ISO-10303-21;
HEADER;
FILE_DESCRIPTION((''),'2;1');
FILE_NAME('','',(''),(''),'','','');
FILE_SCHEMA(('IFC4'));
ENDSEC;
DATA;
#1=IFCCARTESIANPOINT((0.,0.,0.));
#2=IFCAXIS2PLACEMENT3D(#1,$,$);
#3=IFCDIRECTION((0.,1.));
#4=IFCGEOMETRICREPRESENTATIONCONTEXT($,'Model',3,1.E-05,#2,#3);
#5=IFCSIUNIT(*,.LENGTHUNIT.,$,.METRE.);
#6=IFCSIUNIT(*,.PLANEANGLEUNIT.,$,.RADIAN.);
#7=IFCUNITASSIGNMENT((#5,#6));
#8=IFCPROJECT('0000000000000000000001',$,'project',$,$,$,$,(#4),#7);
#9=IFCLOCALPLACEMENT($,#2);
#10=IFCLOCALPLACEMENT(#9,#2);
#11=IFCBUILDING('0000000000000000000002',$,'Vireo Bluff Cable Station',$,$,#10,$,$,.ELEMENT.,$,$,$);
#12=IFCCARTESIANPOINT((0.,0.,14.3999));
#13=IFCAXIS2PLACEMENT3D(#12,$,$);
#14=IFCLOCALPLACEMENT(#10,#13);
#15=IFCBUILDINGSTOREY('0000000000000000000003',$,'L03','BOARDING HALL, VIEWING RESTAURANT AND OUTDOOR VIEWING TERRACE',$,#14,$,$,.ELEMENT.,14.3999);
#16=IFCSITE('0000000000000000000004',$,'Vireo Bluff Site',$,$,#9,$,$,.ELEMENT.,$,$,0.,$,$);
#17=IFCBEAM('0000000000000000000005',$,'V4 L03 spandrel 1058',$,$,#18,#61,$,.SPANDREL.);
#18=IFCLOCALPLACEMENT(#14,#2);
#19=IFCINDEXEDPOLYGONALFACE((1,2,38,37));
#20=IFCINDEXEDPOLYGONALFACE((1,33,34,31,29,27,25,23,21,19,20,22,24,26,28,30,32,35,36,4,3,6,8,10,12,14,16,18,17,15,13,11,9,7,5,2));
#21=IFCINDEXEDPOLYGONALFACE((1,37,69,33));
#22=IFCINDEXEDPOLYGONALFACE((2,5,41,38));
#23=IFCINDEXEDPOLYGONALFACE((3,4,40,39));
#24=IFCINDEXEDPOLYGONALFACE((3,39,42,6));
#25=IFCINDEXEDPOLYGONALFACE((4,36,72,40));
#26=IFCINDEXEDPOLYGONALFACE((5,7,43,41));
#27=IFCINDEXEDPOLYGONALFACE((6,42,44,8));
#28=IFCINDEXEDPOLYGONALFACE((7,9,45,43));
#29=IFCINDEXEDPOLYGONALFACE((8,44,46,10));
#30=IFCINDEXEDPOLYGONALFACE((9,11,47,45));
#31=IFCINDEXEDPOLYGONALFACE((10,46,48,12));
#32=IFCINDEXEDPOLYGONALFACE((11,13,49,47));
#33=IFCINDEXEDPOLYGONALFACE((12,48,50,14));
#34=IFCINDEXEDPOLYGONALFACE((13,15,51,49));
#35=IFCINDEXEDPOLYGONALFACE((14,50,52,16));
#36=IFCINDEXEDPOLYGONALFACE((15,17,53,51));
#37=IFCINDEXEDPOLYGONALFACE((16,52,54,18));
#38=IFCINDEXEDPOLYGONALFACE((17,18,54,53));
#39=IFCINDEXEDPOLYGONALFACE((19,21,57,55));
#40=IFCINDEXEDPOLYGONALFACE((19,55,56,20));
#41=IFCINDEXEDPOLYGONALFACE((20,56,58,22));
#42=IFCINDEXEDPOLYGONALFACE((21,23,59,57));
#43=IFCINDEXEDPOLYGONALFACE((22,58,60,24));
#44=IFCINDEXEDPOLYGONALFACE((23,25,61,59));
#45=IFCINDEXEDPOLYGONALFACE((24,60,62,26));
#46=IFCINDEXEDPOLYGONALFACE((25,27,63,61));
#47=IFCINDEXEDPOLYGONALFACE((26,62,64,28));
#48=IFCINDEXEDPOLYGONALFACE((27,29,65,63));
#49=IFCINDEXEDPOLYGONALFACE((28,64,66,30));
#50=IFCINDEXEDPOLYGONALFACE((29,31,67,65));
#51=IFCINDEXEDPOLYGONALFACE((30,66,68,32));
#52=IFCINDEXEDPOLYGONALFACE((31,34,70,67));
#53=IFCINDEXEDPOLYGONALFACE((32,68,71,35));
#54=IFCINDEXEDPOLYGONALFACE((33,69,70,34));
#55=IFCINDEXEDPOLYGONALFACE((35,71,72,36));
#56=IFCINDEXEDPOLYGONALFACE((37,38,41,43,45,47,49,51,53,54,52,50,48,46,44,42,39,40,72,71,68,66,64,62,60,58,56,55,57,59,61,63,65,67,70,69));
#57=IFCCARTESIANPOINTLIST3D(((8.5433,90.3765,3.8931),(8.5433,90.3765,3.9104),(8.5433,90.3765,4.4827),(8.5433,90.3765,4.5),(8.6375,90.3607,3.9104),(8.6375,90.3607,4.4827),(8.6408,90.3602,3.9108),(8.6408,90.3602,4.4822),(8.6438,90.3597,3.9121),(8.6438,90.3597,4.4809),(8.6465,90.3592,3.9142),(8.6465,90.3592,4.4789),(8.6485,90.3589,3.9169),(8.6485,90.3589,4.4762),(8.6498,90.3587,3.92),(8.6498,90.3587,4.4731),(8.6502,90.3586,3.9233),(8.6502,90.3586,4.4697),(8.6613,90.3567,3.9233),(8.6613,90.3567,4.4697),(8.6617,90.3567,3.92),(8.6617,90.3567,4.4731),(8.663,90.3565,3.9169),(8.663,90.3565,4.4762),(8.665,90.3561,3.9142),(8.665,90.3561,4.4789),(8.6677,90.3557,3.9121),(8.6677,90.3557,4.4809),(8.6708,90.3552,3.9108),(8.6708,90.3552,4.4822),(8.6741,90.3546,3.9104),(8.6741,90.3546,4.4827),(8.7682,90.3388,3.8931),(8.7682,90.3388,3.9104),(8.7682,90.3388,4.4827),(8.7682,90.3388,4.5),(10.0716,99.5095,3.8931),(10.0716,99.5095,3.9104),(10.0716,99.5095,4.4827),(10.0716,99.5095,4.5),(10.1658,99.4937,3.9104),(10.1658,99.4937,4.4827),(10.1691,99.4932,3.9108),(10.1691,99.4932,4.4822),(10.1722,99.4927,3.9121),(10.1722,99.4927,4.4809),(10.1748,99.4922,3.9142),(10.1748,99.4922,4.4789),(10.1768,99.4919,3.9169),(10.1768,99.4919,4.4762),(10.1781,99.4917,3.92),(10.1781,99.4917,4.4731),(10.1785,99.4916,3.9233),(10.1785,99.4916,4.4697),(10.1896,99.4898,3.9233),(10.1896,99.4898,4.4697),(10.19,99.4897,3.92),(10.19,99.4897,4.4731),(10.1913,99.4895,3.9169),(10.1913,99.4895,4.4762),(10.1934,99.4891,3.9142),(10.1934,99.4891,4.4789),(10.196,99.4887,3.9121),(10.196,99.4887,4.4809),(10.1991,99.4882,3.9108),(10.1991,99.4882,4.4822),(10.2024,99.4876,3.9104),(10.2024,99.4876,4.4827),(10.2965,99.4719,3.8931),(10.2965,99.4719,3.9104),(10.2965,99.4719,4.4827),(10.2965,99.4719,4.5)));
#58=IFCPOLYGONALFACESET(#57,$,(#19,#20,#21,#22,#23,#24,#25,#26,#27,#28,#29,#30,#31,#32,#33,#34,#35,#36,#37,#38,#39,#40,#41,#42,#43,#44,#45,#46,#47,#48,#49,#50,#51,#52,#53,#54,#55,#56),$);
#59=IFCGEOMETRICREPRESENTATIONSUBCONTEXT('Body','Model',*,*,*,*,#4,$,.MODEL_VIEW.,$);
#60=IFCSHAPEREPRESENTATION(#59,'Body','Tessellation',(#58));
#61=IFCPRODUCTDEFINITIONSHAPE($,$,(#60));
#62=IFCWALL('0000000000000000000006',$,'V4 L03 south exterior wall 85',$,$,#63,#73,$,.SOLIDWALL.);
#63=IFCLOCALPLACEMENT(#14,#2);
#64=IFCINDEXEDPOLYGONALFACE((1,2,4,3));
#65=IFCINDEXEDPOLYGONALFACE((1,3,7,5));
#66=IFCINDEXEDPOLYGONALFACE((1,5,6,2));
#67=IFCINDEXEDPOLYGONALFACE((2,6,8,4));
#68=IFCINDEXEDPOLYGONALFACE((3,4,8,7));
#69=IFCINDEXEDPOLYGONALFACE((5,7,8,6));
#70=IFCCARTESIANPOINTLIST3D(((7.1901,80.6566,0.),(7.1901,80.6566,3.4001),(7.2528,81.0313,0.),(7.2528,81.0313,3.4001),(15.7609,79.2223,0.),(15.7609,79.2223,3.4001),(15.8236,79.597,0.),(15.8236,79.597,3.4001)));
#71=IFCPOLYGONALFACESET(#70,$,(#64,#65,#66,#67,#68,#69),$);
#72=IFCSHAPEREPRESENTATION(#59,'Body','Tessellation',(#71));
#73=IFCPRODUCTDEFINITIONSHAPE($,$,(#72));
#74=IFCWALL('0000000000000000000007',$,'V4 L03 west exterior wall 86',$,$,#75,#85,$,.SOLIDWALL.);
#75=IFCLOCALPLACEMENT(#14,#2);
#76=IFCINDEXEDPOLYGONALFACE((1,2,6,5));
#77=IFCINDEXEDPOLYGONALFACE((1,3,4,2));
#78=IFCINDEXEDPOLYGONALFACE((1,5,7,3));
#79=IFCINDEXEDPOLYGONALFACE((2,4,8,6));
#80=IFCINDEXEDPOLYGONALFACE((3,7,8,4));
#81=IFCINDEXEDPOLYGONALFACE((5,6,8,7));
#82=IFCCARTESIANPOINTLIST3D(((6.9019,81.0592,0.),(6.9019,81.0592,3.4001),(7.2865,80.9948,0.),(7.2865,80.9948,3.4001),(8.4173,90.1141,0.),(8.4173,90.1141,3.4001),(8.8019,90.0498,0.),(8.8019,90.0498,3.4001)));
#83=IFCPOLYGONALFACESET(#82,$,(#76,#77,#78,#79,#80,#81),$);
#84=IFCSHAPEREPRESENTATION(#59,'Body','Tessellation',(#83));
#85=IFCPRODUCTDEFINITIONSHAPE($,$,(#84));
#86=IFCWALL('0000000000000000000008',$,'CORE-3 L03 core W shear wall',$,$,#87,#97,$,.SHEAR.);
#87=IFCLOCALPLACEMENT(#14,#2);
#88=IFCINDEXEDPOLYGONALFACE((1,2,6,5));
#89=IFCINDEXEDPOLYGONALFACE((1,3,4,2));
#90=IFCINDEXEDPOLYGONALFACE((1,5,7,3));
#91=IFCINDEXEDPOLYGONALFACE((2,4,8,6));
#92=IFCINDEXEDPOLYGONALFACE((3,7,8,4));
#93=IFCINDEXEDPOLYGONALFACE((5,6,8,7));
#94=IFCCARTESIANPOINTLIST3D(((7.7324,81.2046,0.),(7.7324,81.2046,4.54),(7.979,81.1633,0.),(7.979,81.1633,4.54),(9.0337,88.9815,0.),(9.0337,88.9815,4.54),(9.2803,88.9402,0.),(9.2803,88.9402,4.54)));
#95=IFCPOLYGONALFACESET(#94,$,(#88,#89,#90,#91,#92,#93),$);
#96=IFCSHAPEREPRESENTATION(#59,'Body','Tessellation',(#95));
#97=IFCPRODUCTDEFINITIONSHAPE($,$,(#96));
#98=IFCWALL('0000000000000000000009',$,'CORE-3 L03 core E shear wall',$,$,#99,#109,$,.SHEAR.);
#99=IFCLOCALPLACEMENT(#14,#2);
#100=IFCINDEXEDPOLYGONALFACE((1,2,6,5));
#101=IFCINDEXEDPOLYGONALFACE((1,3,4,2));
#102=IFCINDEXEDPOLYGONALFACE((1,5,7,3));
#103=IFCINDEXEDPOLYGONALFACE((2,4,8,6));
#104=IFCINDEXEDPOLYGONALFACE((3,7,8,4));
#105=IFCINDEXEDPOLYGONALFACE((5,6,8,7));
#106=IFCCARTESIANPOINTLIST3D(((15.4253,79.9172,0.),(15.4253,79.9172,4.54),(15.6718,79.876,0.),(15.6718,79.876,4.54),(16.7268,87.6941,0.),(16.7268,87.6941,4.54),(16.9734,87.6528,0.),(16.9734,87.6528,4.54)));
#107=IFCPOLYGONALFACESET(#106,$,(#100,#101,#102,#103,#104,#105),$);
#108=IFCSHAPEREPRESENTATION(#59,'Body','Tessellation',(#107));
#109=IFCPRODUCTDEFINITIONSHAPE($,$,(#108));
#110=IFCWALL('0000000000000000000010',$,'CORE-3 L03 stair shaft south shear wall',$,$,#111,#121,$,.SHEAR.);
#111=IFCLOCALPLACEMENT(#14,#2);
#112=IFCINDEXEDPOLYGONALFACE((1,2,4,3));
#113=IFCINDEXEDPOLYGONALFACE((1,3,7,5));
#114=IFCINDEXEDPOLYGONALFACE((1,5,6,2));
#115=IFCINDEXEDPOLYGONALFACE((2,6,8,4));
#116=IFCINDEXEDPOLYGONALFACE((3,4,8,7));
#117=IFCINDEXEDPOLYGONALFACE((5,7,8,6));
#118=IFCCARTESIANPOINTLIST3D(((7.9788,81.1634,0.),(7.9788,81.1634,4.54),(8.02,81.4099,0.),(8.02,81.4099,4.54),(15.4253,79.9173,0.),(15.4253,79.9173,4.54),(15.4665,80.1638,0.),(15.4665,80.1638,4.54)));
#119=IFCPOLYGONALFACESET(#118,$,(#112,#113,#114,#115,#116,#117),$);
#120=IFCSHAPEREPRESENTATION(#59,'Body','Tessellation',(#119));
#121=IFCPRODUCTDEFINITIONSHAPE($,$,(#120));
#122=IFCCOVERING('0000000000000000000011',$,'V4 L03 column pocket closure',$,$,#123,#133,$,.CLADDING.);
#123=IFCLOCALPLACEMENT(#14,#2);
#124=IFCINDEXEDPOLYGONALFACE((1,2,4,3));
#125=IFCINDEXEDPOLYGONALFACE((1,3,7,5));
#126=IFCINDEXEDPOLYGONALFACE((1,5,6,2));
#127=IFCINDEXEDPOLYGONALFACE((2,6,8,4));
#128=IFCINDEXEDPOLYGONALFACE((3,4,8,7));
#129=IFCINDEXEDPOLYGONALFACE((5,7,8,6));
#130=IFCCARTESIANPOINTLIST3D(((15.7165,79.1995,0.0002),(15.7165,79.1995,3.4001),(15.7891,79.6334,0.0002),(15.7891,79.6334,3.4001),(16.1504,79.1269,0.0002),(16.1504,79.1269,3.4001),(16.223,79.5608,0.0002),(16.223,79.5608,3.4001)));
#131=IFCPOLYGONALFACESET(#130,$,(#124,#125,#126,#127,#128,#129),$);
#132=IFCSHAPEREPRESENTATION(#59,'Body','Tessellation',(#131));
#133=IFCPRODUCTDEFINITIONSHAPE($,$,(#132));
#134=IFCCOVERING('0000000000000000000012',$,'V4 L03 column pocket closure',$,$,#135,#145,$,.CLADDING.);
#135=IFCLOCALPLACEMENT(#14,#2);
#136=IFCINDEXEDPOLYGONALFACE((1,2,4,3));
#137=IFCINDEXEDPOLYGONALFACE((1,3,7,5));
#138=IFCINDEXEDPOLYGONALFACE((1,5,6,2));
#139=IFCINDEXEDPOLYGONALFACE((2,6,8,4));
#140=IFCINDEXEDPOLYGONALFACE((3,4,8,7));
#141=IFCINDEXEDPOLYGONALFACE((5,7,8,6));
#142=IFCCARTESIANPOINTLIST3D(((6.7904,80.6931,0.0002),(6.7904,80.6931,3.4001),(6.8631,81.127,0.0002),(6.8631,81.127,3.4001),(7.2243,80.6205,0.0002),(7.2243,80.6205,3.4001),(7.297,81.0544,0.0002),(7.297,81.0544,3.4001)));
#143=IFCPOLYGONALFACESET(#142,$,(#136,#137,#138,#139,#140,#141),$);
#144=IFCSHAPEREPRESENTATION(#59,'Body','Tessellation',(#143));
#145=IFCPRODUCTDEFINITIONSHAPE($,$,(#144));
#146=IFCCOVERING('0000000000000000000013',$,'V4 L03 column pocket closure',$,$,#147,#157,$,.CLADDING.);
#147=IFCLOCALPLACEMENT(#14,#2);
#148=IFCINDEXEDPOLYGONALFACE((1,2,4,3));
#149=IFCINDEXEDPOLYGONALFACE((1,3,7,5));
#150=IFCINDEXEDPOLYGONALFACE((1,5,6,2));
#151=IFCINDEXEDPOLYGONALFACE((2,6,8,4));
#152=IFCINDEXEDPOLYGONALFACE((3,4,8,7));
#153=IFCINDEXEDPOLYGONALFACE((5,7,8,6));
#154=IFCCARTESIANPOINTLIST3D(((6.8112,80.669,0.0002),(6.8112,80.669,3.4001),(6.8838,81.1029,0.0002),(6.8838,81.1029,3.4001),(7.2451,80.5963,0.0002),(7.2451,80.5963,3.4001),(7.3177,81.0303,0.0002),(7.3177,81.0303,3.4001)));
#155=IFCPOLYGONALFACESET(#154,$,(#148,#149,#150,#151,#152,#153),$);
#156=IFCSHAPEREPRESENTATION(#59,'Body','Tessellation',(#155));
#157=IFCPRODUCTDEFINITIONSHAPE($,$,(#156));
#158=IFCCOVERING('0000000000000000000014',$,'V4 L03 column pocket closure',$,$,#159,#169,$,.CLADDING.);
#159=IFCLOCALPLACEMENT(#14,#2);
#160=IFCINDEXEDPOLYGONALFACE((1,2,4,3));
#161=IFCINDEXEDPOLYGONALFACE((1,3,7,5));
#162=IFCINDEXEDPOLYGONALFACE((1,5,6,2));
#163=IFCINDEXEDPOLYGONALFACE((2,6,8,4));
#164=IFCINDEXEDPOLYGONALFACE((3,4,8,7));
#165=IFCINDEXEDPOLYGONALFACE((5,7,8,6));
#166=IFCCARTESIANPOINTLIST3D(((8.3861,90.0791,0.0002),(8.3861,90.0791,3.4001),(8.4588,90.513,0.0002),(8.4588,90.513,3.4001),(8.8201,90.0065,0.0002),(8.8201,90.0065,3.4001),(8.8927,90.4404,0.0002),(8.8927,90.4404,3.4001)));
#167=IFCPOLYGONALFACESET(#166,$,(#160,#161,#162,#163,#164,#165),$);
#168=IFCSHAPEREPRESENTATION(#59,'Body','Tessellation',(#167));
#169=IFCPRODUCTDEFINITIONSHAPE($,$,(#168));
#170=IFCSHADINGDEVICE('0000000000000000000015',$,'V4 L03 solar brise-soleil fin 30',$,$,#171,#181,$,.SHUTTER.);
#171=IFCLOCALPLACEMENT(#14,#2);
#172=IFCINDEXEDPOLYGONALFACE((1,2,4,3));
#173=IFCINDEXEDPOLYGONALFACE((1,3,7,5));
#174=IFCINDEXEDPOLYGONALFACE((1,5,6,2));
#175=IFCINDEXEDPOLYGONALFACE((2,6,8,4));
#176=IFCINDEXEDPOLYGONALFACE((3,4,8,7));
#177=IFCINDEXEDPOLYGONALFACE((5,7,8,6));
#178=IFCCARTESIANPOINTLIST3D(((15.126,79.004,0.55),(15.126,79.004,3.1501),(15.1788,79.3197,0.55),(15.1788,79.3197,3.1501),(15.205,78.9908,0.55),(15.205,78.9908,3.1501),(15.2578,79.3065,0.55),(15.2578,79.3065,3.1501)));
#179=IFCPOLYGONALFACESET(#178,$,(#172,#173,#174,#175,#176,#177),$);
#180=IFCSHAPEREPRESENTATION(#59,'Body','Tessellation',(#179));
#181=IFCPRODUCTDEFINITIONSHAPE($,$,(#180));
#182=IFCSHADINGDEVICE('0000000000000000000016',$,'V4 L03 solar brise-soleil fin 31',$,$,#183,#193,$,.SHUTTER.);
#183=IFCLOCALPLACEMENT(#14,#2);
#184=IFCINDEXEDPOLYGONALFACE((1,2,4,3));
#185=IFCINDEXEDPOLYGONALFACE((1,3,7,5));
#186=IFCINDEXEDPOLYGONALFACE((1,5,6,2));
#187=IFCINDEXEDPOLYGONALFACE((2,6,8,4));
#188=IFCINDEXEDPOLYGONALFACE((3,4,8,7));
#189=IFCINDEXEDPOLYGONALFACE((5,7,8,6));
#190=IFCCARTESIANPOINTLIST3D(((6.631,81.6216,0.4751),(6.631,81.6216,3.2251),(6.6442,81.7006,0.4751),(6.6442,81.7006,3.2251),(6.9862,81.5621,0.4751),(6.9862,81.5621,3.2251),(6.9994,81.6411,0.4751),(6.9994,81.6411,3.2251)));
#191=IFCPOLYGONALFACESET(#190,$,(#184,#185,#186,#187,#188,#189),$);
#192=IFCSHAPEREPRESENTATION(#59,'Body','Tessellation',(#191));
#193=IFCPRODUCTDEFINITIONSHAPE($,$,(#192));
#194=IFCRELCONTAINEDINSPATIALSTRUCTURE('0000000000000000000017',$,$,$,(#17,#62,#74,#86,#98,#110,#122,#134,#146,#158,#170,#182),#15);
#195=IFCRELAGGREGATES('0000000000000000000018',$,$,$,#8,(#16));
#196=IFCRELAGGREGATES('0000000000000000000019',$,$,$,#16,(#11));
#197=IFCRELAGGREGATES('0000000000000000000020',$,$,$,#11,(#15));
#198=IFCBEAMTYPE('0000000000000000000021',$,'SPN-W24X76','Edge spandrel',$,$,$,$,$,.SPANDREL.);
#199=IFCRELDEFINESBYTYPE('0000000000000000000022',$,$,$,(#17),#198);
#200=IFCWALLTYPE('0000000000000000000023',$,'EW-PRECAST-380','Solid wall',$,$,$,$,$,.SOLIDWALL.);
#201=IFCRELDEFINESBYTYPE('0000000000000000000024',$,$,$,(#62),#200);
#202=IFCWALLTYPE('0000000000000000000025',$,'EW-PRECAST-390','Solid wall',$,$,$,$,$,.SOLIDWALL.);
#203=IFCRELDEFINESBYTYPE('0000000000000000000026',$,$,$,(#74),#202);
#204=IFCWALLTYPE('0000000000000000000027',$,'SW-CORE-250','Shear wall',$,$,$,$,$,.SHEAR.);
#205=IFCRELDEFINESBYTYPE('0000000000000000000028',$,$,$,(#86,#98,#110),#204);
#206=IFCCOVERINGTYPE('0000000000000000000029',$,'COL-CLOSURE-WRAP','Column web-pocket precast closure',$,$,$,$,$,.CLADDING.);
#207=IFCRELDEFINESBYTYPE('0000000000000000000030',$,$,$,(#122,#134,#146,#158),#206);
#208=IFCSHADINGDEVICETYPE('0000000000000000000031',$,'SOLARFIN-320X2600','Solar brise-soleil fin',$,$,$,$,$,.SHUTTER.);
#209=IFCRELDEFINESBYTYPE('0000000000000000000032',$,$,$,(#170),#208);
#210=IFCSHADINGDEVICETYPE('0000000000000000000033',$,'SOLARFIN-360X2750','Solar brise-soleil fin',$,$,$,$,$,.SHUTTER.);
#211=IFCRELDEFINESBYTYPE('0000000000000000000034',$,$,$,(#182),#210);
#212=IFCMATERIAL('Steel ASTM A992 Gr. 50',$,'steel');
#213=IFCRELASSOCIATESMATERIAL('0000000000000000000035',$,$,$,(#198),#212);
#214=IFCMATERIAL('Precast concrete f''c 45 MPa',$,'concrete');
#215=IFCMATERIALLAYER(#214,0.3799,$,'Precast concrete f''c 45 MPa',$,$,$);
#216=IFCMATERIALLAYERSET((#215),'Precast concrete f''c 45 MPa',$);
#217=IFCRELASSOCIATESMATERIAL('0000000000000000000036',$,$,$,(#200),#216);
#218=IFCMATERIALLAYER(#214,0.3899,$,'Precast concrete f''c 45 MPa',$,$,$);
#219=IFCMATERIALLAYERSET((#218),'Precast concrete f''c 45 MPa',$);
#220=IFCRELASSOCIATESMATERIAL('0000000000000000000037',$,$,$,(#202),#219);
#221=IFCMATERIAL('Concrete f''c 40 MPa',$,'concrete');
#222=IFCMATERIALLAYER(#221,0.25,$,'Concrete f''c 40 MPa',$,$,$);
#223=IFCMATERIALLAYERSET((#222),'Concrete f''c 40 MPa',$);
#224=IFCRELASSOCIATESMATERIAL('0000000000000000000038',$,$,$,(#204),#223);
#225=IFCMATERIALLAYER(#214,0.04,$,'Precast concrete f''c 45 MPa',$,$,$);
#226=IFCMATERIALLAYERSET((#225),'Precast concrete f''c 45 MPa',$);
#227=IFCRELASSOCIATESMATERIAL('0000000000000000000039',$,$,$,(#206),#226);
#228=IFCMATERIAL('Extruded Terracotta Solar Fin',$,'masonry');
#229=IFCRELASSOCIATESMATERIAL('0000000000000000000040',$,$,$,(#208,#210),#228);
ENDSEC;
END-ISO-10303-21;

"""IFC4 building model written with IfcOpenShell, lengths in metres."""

from ifc_helpers import new_model, si_unit, direction, frame, frame_2d, origin, origin_2d, place, context, subcontext, project, spatial, rectangle, i_section, extrude, material, layer, layer_set, material_profile, profile_set, type_object, element, save


model = new_model("IFC4")

# Units and contexts
model_context = context("Model", 3, precision=1e-05, world=origin(), true_north=direction((0.0, 1.0)))
body_context = subcontext(model_context, "Body", "Model", "MODEL_VIEW")
ifc_project = project(units=[si_unit("LENGTHUNIT", "METRE"), si_unit("PLANEANGLEUNIT", "RADIAN")], contexts=[model_context])

# Site, building, storey
site_placement = place(None, origin())
site = spatial("IfcSite", under=ifc_project, at=site_placement, Name="Vireo Bluff Site", CompositionType="ELEMENT", RefElevation=0.0)
building_placement = place(site_placement, origin())
building = spatial("IfcBuilding", under=site, at=building_placement, Name="Vireo Bluff Cable Station", CompositionType="ELEMENT")
storey_placement = place(building_placement, frame((0.0, 0.0, 14.3999)))
storey = spatial("IfcBuildingStorey", under=building, at=storey_placement, Name="L03", Description="BOARDING HALL, VIEWING RESTAURANT AND OUTDOOR VIEWING TERRACE", CompositionType="ELEMENT", Elevation=14.3999)

# Shared definitions
ifc_material_1 = material(Name="Steel ASTM A992 Gr. 50", Category="steel")

# Beam
ifc_material_profile_1 = material_profile(ifc_material_1, i_section(OverallWidth=0.228, OverallDepth=0.6069, WebThickness=0.0112, FlangeThickness=0.0173, FilletRadius=0.0129, at=origin_2d()), Name="W24X76")
ifc_profile_set_1 = profile_set([ifc_material_profile_1], Name="Steel ASTM A992 Gr. 50")
beam_type_1 = type_object("IfcBeamType", Name="SPN-W24X76", Description="Edge spandrel", PredefinedType="SPANDREL", material=ifc_profile_set_1)
beam_1_placement = place(storey_placement, frame((8.6558, 90.3577, 4.1965), z_axis=(0.165045, 0.986286, 0.0), x_axis=(-0.986286, 0.165045, 0.0)))
element("IfcBeam", 1, at=beam_1_placement, inside=storey, type_object=beam_type_1, Name="V4 L03 spandrel 1058", PredefinedType="SPANDREL", context=body_context, shape_type="SweptSolid", body=[
    extrude(i_section(OverallWidth=0.228, OverallDepth=0.6069, WebThickness=0.0112, FlangeThickness=0.0173, FilletRadius=0.0129, at=origin_2d()), origin(), (0.0, 0.0, 1.0), 9.26),
])

# Walls
ifc_material_2 = material(Name="Precast concrete f'c 45 MPa", Category="concrete")
ifc_layer_1 = layer(ifc_material_2, 0.3799, Name="Precast concrete f'c 45 MPa")
ifc_layer_set_1 = layer_set([ifc_layer_1], Name="Precast concrete f'c 45 MPa")
wall_type_1 = type_object("IfcWallType", Name="EW-PRECAST-380", Description="Solid wall", PredefinedType="SOLIDWALL", material=ifc_layer_set_1)
wall_1_placement = place(storey_placement, frame((15.7922, 79.4097, 0.0), z_axis=(0.0, 0.0, 1.0), x_axis=(-0.986284, 0.165055, 0.0)))
element("IfcWall", 2, at=wall_1_placement, inside=storey, type_object=wall_type_1, Name="V4 L03 south exterior wall 85", PredefinedType="SOLIDWALL", context=body_context, shape_type="SweptSolid", body=[
    extrude(rectangle(XDim=8.6899, YDim=0.3799, at=frame_2d((4.345, 0.0))), origin(), (0.0, 0.0, 1.0), 3.4001),
])
ifc_layer_2 = layer(ifc_material_2, 0.3899, Name="Precast concrete f'c 45 MPa")
ifc_layer_set_2 = layer_set([ifc_layer_2], Name="Precast concrete f'c 45 MPa")
wall_type_2 = type_object("IfcWallType", Name="EW-PRECAST-390", Description="Solid wall", PredefinedType="SOLIDWALL", material=ifc_layer_set_2)
wall_2_placement = place(storey_placement, frame((7.0942, 81.0271, 0.0), z_axis=(0.0, 0.0, 1.0), x_axis=(0.165059, 0.986284, 0.0)))
element("IfcWall", 3, at=wall_2_placement, inside=storey, type_object=wall_type_2, Name="V4 L03 west exterior wall 86", PredefinedType="SOLIDWALL", context=body_context, shape_type="SweptSolid", body=[
    extrude(rectangle(XDim=9.1809, YDim=0.3899, at=frame_2d((4.5903, 0.0))), origin(), (0.0, 0.0, 1.0), 3.4001),
])
ifc_material_3 = material(Name="Concrete f'c 40 MPa", Category="concrete")
ifc_layer_3 = layer(ifc_material_3, 0.25, Name="Concrete f'c 40 MPa")
ifc_layer_set_3 = layer_set([ifc_layer_3], Name="Concrete f'c 40 MPa")
wall_type_3 = type_object("IfcWallType", Name="SW-CORE-250", Description="Shear wall", PredefinedType="SHEAR", material=ifc_layer_set_3)
for number, where, z_axis, x_axis, name in (
    (4, (7.8557, 81.1841, 0.0), (0.0, 0.0, 1.0), (0.165032, 0.986288, 0.0), "CORE-3 L03 core W shear wall"),
    (5, (15.5486, 79.8967, 0.0), (0.0, 0.0, 1.0), (0.165062, 0.986283, 0.0), "CORE-3 L03 core E shear wall"),
):
    element("IfcWall", number, at=place(storey_placement, frame(where, z_axis=z_axis, x_axis=x_axis)), inside=storey, type_object=wall_type_3, Name=name, PredefinedType="SHEAR", context=body_context, shape_type="SweptSolid", body=[
        extrude(rectangle(XDim=7.885, YDim=0.25, at=frame_2d((3.9424, 0.0))), origin(), (0.0, 0.0, 1.0), 4.54),
    ])
wall_3_placement = place(storey_placement, frame((7.9995, 81.2866, 0.0), z_axis=(0.0, 0.0, 1.0), x_axis=(0.986286, -0.165044, 0.0)))
element("IfcWall", 6, at=wall_3_placement, inside=storey, type_object=wall_type_3, Name="CORE-3 L03 stair shaft south shear wall", PredefinedType="SHEAR", context=body_context, shape_type="SweptSolid", body=[
    extrude(rectangle(XDim=7.55, YDim=0.25, at=frame_2d((3.7749, 0.0))), origin(), (0.0, 0.0, 1.0), 4.54),
])

# Coverings
ifc_layer_4 = layer(ifc_material_2, 0.04, Name="Precast concrete f'c 45 MPa")
ifc_layer_set_4 = layer_set([ifc_layer_4], Name="Precast concrete f'c 45 MPa")
covering_type = type_object("IfcCoveringType", Name="COL-CLOSURE-WRAP", Description="Column web-pocket precast closure", PredefinedType="CLADDING", material=ifc_layer_set_4)
for number, where, z_axis, x_axis, name in (
    (7, (15.9697, 79.3801, 0.0002), (0.0, 0.0, 1.0), (0.986286, -0.165048, 0.0), "V4 L03 column pocket closure"),
    (8, (7.0437, 80.8738, 0.0002), (0.0, 0.0, 1.0), (0.986286, -0.165048, 0.0), "V4 L03 column pocket closure"),
    (9, (7.0645, 80.8496, 0.0002), (0.0, 0.0, 1.0), (0.986286, -0.165048, 0.0), "V4 L03 column pocket closure"),
    (10, (8.6394, 90.2598, 0.0002), (0.0, 0.0, 1.0), (0.986286, -0.165048, 0.0), "V4 L03 column pocket closure"),
):
    element("IfcCovering", number, at=place(storey_placement, frame(where, z_axis=z_axis, x_axis=x_axis)), inside=storey, type_object=covering_type, Name=name, PredefinedType="CLADDING", context=body_context, shape_type="SweptSolid", body=[
        extrude(rectangle(XDim=0.4399, YDim=0.4399, at=origin_2d()), origin(), (0.0, 0.0, 1.0), 3.3999),
    ])

# Shading devices
ifc_material_4 = material(Name="Extruded Terracotta Solar Fin", Category="masonry")
shading_device_type_1 = type_object("IfcShadingDeviceType", Name="SOLARFIN-320X2600", Description="Solar brise-soleil fin", PredefinedType="SHUTTER", material=ifc_material_4)
shading_device_1_placement = place(storey_placement, frame((15.1919, 79.1553, 0.55), z_axis=(0.0, 0.0, 1.0), x_axis=(-0.986286, 0.165048, 0.0)))
element("IfcShadingDevice", 11, at=shading_device_1_placement, inside=storey, type_object=shading_device_type_1, Name="V4 L03 solar brise-soleil fin 30", PredefinedType="SHUTTER", context=body_context, shape_type="SweptSolid", body=[
    extrude(rectangle(XDim=0.0801, YDim=0.3201, at=origin_2d()), origin(), (0.0, 0.0, 1.0), 2.6001),
])
shading_device_type_2 = type_object("IfcShadingDeviceType", Name="SOLARFIN-360X2750", Description="Solar brise-soleil fin", PredefinedType="SHUTTER", material=ifc_material_4)
shading_device_2_placement = place(storey_placement, frame((6.8152, 81.6313, 0.4751), z_axis=(0.0, 0.0, 1.0), x_axis=(0.165048, 0.986286, 0.0)))
element("IfcShadingDevice", 12, at=shading_device_2_placement, inside=storey, type_object=shading_device_type_2, Name="V4 L03 solar brise-soleil fin 31", PredefinedType="SHUTTER", context=body_context, shape_type="SweptSolid", body=[
    extrude(rectangle(XDim=0.0801, YDim=0.3601, at=origin_2d()), origin(), (0.0, 0.0, 1.0), 2.75),
])

save(model, "model.ifc")
